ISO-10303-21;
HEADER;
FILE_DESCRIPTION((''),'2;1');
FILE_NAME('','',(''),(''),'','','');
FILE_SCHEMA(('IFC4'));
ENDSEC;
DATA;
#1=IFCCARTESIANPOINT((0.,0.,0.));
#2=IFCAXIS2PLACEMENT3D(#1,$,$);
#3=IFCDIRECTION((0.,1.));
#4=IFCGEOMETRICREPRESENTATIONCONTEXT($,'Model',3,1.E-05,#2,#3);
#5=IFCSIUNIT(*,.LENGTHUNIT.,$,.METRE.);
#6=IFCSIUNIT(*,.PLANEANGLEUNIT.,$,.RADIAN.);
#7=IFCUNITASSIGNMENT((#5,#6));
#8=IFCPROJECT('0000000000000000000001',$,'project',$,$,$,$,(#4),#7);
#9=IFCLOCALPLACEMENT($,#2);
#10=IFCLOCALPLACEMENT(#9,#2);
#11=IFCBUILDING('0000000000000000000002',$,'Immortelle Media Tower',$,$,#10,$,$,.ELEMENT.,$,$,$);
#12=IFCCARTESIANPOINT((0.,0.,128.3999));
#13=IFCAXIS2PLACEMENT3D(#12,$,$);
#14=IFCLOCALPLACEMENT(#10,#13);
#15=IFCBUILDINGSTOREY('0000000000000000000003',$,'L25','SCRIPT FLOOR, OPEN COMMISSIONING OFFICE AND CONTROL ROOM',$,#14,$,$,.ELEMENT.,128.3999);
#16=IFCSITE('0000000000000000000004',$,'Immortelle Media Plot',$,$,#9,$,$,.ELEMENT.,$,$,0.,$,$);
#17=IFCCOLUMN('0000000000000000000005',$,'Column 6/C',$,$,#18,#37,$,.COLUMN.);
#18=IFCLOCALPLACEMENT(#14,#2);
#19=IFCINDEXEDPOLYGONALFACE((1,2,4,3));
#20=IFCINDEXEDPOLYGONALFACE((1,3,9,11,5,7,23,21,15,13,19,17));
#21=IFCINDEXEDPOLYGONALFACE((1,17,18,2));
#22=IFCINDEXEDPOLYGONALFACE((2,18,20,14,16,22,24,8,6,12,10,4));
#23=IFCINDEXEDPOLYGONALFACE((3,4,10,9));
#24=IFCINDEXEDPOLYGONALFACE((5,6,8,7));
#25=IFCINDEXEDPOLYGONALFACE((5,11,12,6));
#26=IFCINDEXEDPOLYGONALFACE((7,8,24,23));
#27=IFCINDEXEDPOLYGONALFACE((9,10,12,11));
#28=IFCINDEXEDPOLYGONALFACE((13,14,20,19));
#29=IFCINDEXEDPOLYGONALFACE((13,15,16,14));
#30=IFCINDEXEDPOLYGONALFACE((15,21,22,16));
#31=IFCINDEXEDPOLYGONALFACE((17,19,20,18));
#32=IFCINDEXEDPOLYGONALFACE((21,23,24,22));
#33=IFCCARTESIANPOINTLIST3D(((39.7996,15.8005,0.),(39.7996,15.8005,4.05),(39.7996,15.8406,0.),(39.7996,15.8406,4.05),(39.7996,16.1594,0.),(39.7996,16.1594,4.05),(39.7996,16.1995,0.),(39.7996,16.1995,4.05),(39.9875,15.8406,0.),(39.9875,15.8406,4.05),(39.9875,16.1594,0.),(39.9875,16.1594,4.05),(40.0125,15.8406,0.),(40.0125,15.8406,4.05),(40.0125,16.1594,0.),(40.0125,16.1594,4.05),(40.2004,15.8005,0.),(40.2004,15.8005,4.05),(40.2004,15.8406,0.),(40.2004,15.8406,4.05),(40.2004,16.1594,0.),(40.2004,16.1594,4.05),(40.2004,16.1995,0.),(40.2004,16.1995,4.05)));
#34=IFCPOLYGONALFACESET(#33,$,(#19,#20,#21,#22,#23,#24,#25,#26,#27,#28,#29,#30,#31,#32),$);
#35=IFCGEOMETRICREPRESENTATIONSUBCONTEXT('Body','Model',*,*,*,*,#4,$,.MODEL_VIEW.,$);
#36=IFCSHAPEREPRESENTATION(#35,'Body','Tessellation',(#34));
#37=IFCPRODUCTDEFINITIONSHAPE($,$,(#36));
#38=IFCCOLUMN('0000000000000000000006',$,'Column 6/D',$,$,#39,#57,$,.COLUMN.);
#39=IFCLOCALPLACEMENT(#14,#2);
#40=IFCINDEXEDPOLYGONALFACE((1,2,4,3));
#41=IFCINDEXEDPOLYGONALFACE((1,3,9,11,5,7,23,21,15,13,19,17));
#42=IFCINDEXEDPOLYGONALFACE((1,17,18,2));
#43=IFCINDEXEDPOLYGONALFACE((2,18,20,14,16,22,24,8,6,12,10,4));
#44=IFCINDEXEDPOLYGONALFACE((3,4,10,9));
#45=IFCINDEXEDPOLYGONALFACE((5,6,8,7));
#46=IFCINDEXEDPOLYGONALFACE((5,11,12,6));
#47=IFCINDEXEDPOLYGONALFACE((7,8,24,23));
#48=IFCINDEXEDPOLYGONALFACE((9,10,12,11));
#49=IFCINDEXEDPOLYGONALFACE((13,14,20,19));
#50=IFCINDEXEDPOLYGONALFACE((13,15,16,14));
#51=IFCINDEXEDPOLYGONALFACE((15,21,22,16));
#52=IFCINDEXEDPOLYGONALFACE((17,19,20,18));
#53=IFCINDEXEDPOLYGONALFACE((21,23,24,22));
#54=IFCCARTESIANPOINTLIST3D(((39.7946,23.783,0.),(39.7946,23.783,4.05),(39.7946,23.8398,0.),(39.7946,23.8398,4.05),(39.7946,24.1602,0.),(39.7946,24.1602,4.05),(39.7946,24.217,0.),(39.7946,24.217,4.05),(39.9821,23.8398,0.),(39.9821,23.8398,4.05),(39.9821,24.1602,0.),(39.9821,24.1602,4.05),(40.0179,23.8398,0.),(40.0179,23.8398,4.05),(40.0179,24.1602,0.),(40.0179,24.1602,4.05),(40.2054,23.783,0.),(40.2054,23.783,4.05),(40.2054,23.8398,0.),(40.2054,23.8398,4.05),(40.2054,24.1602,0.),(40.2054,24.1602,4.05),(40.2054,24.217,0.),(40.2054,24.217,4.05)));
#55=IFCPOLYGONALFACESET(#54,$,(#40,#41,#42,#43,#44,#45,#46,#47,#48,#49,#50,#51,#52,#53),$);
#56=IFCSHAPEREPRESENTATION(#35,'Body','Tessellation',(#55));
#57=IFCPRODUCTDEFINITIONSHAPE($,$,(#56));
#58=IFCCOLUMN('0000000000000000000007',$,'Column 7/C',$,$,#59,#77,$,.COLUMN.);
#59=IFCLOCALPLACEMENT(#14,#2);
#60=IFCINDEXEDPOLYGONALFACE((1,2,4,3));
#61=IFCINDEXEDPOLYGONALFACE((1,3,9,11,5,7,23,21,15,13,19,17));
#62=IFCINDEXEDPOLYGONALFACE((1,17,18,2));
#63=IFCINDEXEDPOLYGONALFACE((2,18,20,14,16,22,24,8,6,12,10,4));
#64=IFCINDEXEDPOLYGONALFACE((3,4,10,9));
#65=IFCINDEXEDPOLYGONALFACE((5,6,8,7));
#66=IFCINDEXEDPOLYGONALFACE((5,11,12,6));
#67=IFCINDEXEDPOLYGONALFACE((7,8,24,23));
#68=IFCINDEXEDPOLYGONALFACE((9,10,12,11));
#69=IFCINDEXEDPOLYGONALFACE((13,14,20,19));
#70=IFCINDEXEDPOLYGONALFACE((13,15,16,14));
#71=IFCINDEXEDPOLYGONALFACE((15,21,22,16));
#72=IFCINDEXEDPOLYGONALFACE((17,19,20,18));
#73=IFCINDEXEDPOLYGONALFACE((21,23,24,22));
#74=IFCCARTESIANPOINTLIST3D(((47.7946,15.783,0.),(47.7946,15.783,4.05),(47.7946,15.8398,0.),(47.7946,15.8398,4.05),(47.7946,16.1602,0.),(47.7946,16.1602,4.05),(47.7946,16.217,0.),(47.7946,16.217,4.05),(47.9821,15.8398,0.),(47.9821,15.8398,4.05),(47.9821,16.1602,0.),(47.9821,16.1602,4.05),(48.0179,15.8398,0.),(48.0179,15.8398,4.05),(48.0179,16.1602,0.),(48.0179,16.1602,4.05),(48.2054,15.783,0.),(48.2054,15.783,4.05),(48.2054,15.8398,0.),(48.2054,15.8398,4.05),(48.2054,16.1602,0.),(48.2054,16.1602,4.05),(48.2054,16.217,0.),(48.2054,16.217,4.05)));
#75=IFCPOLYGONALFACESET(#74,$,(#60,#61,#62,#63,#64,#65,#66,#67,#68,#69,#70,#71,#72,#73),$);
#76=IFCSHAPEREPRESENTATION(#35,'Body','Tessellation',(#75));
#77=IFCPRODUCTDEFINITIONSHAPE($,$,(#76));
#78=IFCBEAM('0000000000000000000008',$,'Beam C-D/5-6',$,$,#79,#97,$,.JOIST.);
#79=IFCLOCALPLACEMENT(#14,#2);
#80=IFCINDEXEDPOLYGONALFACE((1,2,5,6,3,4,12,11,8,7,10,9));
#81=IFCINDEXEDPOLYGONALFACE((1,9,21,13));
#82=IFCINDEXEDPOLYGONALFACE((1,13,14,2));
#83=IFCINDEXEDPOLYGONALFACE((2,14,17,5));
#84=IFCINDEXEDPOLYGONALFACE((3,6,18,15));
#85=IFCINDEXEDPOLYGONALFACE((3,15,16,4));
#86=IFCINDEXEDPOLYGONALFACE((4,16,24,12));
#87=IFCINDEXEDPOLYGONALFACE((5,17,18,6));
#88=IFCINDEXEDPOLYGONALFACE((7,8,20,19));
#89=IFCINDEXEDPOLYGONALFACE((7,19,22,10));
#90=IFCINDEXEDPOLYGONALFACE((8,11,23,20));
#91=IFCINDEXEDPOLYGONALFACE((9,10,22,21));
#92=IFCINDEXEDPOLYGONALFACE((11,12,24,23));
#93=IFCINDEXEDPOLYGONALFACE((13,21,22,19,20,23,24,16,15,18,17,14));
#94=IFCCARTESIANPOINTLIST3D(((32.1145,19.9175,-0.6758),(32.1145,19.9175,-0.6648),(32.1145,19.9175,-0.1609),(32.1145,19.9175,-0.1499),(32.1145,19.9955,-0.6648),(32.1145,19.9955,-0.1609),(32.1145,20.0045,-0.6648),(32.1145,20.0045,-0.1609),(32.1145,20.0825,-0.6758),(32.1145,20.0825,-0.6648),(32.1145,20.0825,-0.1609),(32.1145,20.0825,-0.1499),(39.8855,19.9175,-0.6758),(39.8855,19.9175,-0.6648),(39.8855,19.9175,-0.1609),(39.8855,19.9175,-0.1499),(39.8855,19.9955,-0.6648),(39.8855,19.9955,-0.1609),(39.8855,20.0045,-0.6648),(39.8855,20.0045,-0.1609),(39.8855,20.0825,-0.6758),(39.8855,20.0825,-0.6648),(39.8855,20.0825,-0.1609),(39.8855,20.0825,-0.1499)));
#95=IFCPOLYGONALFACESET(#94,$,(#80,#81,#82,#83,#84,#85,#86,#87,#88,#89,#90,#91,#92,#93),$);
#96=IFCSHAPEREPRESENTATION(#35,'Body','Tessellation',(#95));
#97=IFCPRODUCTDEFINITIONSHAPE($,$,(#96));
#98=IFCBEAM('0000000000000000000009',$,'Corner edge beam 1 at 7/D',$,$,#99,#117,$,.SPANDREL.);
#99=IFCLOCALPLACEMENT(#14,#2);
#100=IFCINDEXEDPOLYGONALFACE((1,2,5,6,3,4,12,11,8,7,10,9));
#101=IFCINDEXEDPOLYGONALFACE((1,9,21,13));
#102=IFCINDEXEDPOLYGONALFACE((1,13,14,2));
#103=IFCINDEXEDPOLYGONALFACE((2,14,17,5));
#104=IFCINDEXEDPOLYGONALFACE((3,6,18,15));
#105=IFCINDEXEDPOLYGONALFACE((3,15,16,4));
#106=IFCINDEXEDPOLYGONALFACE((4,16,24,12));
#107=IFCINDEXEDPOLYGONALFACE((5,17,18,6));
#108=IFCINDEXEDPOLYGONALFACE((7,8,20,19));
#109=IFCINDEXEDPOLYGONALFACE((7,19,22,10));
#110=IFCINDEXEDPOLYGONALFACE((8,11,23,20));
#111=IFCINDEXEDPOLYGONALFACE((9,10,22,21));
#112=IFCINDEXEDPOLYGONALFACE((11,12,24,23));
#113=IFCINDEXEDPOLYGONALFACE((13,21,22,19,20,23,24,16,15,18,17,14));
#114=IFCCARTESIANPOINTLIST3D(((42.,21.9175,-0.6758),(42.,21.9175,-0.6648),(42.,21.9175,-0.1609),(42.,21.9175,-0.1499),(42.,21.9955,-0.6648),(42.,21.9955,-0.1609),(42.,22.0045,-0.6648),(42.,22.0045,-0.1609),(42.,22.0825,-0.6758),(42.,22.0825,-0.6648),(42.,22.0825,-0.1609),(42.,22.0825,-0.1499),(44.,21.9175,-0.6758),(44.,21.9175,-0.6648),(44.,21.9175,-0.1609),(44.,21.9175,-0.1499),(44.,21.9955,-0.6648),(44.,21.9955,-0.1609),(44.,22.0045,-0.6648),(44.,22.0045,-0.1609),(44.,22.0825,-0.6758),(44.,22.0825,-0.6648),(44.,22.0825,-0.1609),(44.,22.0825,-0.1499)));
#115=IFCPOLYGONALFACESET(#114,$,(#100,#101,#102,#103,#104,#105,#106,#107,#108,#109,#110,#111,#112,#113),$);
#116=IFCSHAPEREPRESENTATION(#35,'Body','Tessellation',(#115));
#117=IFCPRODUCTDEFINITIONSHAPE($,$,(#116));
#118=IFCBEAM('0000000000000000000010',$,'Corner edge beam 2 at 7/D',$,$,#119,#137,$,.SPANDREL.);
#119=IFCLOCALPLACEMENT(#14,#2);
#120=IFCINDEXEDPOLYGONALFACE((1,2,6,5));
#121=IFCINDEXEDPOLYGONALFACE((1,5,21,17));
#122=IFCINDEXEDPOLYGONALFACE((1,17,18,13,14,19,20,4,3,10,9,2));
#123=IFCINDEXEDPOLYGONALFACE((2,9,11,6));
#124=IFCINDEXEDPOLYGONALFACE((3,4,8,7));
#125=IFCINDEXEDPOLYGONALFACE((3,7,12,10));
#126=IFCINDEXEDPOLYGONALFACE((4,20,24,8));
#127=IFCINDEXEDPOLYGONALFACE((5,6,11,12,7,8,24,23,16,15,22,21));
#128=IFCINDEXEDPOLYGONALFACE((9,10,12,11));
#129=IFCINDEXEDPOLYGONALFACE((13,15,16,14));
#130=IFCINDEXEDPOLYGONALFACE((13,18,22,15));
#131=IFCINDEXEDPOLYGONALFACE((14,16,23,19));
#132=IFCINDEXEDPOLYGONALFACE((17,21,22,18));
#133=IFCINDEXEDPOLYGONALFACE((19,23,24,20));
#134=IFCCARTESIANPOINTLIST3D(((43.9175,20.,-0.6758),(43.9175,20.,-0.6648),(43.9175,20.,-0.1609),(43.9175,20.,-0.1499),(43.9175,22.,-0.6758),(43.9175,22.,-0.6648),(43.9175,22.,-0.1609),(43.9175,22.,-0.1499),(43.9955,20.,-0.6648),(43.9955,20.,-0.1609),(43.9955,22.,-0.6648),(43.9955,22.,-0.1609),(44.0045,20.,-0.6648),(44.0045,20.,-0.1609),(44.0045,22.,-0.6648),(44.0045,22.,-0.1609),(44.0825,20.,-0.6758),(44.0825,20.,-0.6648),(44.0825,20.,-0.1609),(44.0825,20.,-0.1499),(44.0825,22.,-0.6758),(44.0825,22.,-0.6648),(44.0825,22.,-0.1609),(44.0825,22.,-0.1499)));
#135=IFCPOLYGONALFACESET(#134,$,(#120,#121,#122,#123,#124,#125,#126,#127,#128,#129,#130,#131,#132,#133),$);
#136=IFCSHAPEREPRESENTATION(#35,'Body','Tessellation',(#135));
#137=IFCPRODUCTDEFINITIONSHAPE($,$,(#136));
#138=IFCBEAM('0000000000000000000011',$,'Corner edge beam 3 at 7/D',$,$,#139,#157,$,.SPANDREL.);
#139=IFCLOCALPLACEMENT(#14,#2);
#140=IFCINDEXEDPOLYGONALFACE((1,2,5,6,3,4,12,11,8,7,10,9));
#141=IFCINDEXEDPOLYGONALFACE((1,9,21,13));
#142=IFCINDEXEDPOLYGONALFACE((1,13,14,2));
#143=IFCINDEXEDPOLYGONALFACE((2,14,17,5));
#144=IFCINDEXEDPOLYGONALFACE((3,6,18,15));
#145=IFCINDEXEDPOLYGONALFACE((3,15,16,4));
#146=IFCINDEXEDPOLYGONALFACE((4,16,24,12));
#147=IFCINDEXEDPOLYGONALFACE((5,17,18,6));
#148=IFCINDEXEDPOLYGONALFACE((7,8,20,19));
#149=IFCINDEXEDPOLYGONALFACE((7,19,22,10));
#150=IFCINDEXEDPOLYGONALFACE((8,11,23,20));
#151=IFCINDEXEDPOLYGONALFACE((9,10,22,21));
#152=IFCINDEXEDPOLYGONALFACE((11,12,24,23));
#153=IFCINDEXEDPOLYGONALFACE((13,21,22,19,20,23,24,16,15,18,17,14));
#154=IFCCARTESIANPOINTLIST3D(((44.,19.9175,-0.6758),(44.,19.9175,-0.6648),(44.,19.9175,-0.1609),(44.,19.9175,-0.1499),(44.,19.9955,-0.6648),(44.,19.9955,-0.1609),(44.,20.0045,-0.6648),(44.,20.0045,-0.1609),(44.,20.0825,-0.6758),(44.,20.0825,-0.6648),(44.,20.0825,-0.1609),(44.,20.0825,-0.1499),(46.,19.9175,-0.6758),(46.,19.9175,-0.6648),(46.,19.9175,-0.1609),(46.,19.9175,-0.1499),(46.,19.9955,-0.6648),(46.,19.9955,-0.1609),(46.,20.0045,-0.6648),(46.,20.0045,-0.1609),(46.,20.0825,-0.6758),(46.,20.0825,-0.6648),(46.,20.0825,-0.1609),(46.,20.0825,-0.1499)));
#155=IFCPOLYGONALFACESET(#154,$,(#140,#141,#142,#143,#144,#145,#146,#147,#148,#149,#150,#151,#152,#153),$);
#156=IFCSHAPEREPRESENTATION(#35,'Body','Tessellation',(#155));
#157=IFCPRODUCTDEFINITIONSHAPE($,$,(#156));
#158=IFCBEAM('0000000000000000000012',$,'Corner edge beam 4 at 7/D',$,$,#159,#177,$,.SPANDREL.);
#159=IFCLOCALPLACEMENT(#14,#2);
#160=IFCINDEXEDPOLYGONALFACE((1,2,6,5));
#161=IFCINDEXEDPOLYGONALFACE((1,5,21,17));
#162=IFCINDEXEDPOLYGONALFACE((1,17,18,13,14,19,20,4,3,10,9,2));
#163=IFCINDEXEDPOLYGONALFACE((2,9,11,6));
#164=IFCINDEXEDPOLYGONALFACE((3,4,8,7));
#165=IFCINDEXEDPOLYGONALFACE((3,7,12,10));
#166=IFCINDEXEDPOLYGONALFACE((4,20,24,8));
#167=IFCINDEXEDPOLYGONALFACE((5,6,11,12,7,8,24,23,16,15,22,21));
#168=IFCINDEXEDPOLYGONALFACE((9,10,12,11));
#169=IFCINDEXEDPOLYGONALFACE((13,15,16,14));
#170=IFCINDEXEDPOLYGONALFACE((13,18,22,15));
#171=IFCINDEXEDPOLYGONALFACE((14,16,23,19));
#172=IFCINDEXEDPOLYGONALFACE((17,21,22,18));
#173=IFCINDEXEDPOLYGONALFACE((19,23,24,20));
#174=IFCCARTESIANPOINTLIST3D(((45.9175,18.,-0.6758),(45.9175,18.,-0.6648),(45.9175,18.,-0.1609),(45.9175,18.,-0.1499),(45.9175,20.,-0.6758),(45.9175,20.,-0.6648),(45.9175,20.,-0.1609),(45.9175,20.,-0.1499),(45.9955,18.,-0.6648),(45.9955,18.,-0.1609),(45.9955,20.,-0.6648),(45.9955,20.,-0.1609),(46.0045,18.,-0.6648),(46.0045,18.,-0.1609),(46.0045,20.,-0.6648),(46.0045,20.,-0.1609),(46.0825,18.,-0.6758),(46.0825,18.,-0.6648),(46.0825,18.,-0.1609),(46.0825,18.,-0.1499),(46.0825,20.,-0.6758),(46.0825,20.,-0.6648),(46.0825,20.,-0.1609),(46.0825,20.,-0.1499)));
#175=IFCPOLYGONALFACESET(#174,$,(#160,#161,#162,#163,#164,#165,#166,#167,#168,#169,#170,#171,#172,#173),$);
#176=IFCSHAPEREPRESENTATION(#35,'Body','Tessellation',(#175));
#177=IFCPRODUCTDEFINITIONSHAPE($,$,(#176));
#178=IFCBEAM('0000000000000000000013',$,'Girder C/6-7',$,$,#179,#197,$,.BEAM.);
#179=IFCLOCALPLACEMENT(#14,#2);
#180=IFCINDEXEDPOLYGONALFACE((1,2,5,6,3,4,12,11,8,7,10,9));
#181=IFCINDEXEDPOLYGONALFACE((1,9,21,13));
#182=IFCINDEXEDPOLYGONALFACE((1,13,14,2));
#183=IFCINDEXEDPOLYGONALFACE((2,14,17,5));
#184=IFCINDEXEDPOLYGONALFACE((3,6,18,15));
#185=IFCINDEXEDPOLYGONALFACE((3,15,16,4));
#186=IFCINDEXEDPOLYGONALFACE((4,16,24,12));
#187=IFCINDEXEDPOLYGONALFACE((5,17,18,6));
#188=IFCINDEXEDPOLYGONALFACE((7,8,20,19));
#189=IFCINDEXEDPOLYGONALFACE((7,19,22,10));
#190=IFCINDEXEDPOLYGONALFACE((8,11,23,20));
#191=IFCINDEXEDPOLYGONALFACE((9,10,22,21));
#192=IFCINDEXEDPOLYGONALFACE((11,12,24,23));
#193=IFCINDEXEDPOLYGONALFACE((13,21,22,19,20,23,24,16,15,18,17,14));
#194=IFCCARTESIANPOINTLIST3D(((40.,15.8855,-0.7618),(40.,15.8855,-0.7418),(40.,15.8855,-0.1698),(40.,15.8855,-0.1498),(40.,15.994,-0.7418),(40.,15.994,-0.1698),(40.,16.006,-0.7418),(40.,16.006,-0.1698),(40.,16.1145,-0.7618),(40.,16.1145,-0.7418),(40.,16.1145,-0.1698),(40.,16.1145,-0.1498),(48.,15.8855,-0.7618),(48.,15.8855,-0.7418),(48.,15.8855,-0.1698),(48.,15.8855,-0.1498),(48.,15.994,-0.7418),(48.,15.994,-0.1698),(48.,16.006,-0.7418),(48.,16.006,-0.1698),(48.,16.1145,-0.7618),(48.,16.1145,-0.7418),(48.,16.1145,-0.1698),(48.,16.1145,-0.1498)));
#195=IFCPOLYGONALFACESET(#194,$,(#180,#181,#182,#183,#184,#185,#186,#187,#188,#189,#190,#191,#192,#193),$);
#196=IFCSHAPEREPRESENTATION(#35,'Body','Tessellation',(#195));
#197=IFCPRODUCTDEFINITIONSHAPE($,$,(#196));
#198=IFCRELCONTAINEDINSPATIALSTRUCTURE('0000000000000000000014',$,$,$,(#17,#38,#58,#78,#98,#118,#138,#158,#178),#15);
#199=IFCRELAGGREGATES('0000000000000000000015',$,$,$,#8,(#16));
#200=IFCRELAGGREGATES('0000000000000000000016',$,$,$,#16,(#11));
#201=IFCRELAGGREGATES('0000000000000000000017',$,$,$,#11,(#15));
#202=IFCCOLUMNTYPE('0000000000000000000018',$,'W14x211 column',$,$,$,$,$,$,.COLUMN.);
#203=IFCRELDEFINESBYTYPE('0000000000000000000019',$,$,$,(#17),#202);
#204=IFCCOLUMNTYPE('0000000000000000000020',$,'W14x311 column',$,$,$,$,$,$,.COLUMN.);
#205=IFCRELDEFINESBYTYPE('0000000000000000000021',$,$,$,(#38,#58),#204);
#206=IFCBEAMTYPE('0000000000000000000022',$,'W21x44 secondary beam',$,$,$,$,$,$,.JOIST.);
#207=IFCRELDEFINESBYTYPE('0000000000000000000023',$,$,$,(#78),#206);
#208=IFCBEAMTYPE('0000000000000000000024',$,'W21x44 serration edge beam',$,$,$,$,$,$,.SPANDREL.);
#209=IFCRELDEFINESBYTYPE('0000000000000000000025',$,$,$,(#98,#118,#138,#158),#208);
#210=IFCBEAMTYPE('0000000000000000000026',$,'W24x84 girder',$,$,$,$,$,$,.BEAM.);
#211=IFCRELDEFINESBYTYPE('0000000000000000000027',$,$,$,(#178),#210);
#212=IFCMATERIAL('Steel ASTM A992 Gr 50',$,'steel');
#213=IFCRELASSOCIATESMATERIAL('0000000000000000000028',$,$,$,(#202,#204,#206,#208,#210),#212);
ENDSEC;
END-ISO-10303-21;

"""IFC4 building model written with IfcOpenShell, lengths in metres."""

from ifc_helpers import new_model, si_unit, direction, frame, origin, origin_2d, place, context, subcontext, project, spatial, i_section, extrude, material, material_profile, profile_set, type_object, element, save


model = new_model("IFC4")

# Units and contexts
model_context = context("Model", 3, precision=1e-05, world=origin(), true_north=direction((0.0, 1.0)))
body_context = subcontext(model_context, "Body", "Model", "MODEL_VIEW")
ifc_project = project(units=[si_unit("LENGTHUNIT", "METRE"), si_unit("PLANEANGLEUNIT", "RADIAN")], contexts=[model_context])

# Site, building, storey
site_placement = place(None, origin())
site = spatial("IfcSite", under=ifc_project, at=site_placement, Name="Immortelle Media Plot", CompositionType="ELEMENT", RefElevation=0.0)
building_placement = place(site_placement, origin())
building = spatial("IfcBuilding", under=site, at=building_placement, Name="Immortelle Media Tower", CompositionType="ELEMENT")
storey_placement = place(building_placement, frame((0.0, 0.0, 128.3999)))
storey = spatial("IfcBuildingStorey", under=building, at=storey_placement, Name="L25", Description="SCRIPT FLOOR, OPEN COMMISSIONING OFFICE AND CONTROL ROOM", CompositionType="ELEMENT", Elevation=128.3999)

# Columns
ifc_material_1 = material(Name="Steel ASTM A992 Gr 50", Category="steel")
ifc_material_profile_1 = material_profile(ifc_material_1, i_section(OverallWidth=0.4009, OverallDepth=0.3989, WebThickness=0.0249, FlangeThickness=0.04, at=origin_2d()), Name="W14x211")
ifc_profile_set_1 = profile_set([ifc_material_profile_1], Name="Steel ASTM A992 Gr 50")
column_type_1 = type_object("IfcColumnType", Name="W14x211 column", PredefinedType="COLUMN", material=ifc_profile_set_1)
column_placement = place(storey_placement, frame((40.0, 16.0, 0.0), z_axis=(0.0, 0.0, 1.0), x_axis=(1.0, 0.0, 0.0)))
element("IfcColumn", 1, at=column_placement, inside=storey, type_object=column_type_1, Name="Column 6/C", PredefinedType="COLUMN", context=body_context, shape_type="SweptSolid", body=[
    extrude(i_section(OverallWidth=0.4009, OverallDepth=0.3989, WebThickness=0.0249, FlangeThickness=0.04, at=origin_2d()), origin(), (0.0, 0.0, 1.0), 4.05),
])
ifc_material_profile_2 = material_profile(ifc_material_1, i_section(OverallWidth=0.4109, OverallDepth=0.4341, WebThickness=0.0359, FlangeThickness=0.0569, at=origin_2d()), Name="W14x311")
ifc_profile_set_2 = profile_set([ifc_material_profile_2], Name="Steel ASTM A992 Gr 50")
column_type_2 = type_object("IfcColumnType", Name="W14x311 column", PredefinedType="COLUMN", material=ifc_profile_set_2)
for number, where, z_axis, x_axis, name in (
    (2, (40.0, 24.0, 0.0), (0.0, 0.0, 1.0), (1.0, 0.0, 0.0), "Column 6/D"),
    (3, (48.0, 16.0, 0.0), (0.0, 0.0, 1.0), (1.0, 0.0, 0.0), "Column 7/C"),
):
    element("IfcColumn", number, at=place(storey_placement, frame(where, z_axis=z_axis, x_axis=x_axis)), inside=storey, type_object=column_type_2, Name=name, PredefinedType="COLUMN", context=body_context, shape_type="SweptSolid", body=[
        extrude(i_section(OverallWidth=0.4109, OverallDepth=0.4341, WebThickness=0.0359, FlangeThickness=0.0569, at=origin_2d()), origin(), (0.0, 0.0, 1.0), 4.05),
    ])

# Beams
ifc_material_profile_3 = material_profile(ifc_material_1, i_section(OverallWidth=0.165, OverallDepth=0.5259, WebThickness=0.009, FlangeThickness=0.011, at=origin_2d()), Name="W21x44")
ifc_profile_set_3 = profile_set([ifc_material_profile_3], Name="Steel ASTM A992 Gr 50")
beam_type_1 = type_object("IfcBeamType", Name="W21x44 secondary beam", PredefinedType="JOIST", material=ifc_profile_set_3)
beam_1_placement = place(storey_placement, frame((32.1145, 20.0, -0.4128), z_axis=(1.0, 0.0, 0.0), x_axis=(0.0, 1.0, 0.0)))
element("IfcBeam", 4, at=beam_1_placement, inside=storey, type_object=beam_type_1, Name="Beam C-D/5-6", PredefinedType="JOIST", context=body_context, shape_type="SweptSolid", body=[
    extrude(i_section(OverallWidth=0.165, OverallDepth=0.5259, WebThickness=0.009, FlangeThickness=0.011, at=origin_2d()), origin(), (0.0, 0.0, 1.0), 7.771),
])
ifc_material_profile_4 = material_profile(ifc_material_1, i_section(OverallWidth=0.165, OverallDepth=0.5259, WebThickness=0.009, FlangeThickness=0.011, at=origin_2d()), Name="W21x44")
ifc_profile_set_4 = profile_set([ifc_material_profile_4], Name="Steel ASTM A992 Gr 50")
beam_type_2 = type_object("IfcBeamType", Name="W21x44 serration edge beam", PredefinedType="SPANDREL", material=ifc_profile_set_4)
for number, where, z_axis, x_axis, name in (
    (5, (42.0, 22.0, -0.4128), (1.0, 0.0, 0.0), (0.0, 1.0, 0.0), "Corner edge beam 1 at 7/D"),
    (6, (44.0, 22.0, -0.4128), (0.0, -1.0, 0.0), (1.0, 0.0, 0.0), "Corner edge beam 2 at 7/D"),
    (7, (44.0, 20.0, -0.4128), (1.0, 0.0, 0.0), (0.0, 1.0, 0.0), "Corner edge beam 3 at 7/D"),
    (8, (46.0, 20.0, -0.4128), (0.0, -1.0, 0.0), (1.0, 0.0, 0.0), "Corner edge beam 4 at 7/D"),
):
    element("IfcBeam", number, at=place(storey_placement, frame(where, z_axis=z_axis, x_axis=x_axis)), inside=storey, type_object=beam_type_2, Name=name, PredefinedType="SPANDREL", context=body_context, shape_type="SweptSolid", body=[
        extrude(i_section(OverallWidth=0.165, OverallDepth=0.5259, WebThickness=0.009, FlangeThickness=0.011, at=origin_2d()), origin(), (0.0, 0.0, 1.0), 2.0),
    ])
ifc_material_profile_5 = material_profile(ifc_material_1, i_section(OverallWidth=0.229, OverallDepth=0.6121, WebThickness=0.012, FlangeThickness=0.02, at=origin_2d()), Name="W24x84")
ifc_profile_set_5 = profile_set([ifc_material_profile_5], Name="Steel ASTM A992 Gr 50")
beam_type_3 = type_object("IfcBeamType", Name="W24x84 girder", PredefinedType="BEAM", material=ifc_profile_set_5)
for number, where, z_axis, x_axis, name in (
    (9, (40.0, 16.0, -0.4558), (1.0, 0.0, 0.0), (0.0, 1.0, 0.0), "Girder C/6-7"),
):
    element("IfcBeam", number, at=place(storey_placement, frame(where, z_axis=z_axis, x_axis=x_axis)), inside=storey, type_object=beam_type_3, Name=name, PredefinedType="BEAM", context=body_context, shape_type="SweptSolid", body=[
        extrude(i_section(OverallWidth=0.229, OverallDepth=0.6121, WebThickness=0.012, FlangeThickness=0.02, at=origin_2d()), origin(), (0.0, 0.0, 1.0), 8.0),
    ])

save(model, "model.ifc")
